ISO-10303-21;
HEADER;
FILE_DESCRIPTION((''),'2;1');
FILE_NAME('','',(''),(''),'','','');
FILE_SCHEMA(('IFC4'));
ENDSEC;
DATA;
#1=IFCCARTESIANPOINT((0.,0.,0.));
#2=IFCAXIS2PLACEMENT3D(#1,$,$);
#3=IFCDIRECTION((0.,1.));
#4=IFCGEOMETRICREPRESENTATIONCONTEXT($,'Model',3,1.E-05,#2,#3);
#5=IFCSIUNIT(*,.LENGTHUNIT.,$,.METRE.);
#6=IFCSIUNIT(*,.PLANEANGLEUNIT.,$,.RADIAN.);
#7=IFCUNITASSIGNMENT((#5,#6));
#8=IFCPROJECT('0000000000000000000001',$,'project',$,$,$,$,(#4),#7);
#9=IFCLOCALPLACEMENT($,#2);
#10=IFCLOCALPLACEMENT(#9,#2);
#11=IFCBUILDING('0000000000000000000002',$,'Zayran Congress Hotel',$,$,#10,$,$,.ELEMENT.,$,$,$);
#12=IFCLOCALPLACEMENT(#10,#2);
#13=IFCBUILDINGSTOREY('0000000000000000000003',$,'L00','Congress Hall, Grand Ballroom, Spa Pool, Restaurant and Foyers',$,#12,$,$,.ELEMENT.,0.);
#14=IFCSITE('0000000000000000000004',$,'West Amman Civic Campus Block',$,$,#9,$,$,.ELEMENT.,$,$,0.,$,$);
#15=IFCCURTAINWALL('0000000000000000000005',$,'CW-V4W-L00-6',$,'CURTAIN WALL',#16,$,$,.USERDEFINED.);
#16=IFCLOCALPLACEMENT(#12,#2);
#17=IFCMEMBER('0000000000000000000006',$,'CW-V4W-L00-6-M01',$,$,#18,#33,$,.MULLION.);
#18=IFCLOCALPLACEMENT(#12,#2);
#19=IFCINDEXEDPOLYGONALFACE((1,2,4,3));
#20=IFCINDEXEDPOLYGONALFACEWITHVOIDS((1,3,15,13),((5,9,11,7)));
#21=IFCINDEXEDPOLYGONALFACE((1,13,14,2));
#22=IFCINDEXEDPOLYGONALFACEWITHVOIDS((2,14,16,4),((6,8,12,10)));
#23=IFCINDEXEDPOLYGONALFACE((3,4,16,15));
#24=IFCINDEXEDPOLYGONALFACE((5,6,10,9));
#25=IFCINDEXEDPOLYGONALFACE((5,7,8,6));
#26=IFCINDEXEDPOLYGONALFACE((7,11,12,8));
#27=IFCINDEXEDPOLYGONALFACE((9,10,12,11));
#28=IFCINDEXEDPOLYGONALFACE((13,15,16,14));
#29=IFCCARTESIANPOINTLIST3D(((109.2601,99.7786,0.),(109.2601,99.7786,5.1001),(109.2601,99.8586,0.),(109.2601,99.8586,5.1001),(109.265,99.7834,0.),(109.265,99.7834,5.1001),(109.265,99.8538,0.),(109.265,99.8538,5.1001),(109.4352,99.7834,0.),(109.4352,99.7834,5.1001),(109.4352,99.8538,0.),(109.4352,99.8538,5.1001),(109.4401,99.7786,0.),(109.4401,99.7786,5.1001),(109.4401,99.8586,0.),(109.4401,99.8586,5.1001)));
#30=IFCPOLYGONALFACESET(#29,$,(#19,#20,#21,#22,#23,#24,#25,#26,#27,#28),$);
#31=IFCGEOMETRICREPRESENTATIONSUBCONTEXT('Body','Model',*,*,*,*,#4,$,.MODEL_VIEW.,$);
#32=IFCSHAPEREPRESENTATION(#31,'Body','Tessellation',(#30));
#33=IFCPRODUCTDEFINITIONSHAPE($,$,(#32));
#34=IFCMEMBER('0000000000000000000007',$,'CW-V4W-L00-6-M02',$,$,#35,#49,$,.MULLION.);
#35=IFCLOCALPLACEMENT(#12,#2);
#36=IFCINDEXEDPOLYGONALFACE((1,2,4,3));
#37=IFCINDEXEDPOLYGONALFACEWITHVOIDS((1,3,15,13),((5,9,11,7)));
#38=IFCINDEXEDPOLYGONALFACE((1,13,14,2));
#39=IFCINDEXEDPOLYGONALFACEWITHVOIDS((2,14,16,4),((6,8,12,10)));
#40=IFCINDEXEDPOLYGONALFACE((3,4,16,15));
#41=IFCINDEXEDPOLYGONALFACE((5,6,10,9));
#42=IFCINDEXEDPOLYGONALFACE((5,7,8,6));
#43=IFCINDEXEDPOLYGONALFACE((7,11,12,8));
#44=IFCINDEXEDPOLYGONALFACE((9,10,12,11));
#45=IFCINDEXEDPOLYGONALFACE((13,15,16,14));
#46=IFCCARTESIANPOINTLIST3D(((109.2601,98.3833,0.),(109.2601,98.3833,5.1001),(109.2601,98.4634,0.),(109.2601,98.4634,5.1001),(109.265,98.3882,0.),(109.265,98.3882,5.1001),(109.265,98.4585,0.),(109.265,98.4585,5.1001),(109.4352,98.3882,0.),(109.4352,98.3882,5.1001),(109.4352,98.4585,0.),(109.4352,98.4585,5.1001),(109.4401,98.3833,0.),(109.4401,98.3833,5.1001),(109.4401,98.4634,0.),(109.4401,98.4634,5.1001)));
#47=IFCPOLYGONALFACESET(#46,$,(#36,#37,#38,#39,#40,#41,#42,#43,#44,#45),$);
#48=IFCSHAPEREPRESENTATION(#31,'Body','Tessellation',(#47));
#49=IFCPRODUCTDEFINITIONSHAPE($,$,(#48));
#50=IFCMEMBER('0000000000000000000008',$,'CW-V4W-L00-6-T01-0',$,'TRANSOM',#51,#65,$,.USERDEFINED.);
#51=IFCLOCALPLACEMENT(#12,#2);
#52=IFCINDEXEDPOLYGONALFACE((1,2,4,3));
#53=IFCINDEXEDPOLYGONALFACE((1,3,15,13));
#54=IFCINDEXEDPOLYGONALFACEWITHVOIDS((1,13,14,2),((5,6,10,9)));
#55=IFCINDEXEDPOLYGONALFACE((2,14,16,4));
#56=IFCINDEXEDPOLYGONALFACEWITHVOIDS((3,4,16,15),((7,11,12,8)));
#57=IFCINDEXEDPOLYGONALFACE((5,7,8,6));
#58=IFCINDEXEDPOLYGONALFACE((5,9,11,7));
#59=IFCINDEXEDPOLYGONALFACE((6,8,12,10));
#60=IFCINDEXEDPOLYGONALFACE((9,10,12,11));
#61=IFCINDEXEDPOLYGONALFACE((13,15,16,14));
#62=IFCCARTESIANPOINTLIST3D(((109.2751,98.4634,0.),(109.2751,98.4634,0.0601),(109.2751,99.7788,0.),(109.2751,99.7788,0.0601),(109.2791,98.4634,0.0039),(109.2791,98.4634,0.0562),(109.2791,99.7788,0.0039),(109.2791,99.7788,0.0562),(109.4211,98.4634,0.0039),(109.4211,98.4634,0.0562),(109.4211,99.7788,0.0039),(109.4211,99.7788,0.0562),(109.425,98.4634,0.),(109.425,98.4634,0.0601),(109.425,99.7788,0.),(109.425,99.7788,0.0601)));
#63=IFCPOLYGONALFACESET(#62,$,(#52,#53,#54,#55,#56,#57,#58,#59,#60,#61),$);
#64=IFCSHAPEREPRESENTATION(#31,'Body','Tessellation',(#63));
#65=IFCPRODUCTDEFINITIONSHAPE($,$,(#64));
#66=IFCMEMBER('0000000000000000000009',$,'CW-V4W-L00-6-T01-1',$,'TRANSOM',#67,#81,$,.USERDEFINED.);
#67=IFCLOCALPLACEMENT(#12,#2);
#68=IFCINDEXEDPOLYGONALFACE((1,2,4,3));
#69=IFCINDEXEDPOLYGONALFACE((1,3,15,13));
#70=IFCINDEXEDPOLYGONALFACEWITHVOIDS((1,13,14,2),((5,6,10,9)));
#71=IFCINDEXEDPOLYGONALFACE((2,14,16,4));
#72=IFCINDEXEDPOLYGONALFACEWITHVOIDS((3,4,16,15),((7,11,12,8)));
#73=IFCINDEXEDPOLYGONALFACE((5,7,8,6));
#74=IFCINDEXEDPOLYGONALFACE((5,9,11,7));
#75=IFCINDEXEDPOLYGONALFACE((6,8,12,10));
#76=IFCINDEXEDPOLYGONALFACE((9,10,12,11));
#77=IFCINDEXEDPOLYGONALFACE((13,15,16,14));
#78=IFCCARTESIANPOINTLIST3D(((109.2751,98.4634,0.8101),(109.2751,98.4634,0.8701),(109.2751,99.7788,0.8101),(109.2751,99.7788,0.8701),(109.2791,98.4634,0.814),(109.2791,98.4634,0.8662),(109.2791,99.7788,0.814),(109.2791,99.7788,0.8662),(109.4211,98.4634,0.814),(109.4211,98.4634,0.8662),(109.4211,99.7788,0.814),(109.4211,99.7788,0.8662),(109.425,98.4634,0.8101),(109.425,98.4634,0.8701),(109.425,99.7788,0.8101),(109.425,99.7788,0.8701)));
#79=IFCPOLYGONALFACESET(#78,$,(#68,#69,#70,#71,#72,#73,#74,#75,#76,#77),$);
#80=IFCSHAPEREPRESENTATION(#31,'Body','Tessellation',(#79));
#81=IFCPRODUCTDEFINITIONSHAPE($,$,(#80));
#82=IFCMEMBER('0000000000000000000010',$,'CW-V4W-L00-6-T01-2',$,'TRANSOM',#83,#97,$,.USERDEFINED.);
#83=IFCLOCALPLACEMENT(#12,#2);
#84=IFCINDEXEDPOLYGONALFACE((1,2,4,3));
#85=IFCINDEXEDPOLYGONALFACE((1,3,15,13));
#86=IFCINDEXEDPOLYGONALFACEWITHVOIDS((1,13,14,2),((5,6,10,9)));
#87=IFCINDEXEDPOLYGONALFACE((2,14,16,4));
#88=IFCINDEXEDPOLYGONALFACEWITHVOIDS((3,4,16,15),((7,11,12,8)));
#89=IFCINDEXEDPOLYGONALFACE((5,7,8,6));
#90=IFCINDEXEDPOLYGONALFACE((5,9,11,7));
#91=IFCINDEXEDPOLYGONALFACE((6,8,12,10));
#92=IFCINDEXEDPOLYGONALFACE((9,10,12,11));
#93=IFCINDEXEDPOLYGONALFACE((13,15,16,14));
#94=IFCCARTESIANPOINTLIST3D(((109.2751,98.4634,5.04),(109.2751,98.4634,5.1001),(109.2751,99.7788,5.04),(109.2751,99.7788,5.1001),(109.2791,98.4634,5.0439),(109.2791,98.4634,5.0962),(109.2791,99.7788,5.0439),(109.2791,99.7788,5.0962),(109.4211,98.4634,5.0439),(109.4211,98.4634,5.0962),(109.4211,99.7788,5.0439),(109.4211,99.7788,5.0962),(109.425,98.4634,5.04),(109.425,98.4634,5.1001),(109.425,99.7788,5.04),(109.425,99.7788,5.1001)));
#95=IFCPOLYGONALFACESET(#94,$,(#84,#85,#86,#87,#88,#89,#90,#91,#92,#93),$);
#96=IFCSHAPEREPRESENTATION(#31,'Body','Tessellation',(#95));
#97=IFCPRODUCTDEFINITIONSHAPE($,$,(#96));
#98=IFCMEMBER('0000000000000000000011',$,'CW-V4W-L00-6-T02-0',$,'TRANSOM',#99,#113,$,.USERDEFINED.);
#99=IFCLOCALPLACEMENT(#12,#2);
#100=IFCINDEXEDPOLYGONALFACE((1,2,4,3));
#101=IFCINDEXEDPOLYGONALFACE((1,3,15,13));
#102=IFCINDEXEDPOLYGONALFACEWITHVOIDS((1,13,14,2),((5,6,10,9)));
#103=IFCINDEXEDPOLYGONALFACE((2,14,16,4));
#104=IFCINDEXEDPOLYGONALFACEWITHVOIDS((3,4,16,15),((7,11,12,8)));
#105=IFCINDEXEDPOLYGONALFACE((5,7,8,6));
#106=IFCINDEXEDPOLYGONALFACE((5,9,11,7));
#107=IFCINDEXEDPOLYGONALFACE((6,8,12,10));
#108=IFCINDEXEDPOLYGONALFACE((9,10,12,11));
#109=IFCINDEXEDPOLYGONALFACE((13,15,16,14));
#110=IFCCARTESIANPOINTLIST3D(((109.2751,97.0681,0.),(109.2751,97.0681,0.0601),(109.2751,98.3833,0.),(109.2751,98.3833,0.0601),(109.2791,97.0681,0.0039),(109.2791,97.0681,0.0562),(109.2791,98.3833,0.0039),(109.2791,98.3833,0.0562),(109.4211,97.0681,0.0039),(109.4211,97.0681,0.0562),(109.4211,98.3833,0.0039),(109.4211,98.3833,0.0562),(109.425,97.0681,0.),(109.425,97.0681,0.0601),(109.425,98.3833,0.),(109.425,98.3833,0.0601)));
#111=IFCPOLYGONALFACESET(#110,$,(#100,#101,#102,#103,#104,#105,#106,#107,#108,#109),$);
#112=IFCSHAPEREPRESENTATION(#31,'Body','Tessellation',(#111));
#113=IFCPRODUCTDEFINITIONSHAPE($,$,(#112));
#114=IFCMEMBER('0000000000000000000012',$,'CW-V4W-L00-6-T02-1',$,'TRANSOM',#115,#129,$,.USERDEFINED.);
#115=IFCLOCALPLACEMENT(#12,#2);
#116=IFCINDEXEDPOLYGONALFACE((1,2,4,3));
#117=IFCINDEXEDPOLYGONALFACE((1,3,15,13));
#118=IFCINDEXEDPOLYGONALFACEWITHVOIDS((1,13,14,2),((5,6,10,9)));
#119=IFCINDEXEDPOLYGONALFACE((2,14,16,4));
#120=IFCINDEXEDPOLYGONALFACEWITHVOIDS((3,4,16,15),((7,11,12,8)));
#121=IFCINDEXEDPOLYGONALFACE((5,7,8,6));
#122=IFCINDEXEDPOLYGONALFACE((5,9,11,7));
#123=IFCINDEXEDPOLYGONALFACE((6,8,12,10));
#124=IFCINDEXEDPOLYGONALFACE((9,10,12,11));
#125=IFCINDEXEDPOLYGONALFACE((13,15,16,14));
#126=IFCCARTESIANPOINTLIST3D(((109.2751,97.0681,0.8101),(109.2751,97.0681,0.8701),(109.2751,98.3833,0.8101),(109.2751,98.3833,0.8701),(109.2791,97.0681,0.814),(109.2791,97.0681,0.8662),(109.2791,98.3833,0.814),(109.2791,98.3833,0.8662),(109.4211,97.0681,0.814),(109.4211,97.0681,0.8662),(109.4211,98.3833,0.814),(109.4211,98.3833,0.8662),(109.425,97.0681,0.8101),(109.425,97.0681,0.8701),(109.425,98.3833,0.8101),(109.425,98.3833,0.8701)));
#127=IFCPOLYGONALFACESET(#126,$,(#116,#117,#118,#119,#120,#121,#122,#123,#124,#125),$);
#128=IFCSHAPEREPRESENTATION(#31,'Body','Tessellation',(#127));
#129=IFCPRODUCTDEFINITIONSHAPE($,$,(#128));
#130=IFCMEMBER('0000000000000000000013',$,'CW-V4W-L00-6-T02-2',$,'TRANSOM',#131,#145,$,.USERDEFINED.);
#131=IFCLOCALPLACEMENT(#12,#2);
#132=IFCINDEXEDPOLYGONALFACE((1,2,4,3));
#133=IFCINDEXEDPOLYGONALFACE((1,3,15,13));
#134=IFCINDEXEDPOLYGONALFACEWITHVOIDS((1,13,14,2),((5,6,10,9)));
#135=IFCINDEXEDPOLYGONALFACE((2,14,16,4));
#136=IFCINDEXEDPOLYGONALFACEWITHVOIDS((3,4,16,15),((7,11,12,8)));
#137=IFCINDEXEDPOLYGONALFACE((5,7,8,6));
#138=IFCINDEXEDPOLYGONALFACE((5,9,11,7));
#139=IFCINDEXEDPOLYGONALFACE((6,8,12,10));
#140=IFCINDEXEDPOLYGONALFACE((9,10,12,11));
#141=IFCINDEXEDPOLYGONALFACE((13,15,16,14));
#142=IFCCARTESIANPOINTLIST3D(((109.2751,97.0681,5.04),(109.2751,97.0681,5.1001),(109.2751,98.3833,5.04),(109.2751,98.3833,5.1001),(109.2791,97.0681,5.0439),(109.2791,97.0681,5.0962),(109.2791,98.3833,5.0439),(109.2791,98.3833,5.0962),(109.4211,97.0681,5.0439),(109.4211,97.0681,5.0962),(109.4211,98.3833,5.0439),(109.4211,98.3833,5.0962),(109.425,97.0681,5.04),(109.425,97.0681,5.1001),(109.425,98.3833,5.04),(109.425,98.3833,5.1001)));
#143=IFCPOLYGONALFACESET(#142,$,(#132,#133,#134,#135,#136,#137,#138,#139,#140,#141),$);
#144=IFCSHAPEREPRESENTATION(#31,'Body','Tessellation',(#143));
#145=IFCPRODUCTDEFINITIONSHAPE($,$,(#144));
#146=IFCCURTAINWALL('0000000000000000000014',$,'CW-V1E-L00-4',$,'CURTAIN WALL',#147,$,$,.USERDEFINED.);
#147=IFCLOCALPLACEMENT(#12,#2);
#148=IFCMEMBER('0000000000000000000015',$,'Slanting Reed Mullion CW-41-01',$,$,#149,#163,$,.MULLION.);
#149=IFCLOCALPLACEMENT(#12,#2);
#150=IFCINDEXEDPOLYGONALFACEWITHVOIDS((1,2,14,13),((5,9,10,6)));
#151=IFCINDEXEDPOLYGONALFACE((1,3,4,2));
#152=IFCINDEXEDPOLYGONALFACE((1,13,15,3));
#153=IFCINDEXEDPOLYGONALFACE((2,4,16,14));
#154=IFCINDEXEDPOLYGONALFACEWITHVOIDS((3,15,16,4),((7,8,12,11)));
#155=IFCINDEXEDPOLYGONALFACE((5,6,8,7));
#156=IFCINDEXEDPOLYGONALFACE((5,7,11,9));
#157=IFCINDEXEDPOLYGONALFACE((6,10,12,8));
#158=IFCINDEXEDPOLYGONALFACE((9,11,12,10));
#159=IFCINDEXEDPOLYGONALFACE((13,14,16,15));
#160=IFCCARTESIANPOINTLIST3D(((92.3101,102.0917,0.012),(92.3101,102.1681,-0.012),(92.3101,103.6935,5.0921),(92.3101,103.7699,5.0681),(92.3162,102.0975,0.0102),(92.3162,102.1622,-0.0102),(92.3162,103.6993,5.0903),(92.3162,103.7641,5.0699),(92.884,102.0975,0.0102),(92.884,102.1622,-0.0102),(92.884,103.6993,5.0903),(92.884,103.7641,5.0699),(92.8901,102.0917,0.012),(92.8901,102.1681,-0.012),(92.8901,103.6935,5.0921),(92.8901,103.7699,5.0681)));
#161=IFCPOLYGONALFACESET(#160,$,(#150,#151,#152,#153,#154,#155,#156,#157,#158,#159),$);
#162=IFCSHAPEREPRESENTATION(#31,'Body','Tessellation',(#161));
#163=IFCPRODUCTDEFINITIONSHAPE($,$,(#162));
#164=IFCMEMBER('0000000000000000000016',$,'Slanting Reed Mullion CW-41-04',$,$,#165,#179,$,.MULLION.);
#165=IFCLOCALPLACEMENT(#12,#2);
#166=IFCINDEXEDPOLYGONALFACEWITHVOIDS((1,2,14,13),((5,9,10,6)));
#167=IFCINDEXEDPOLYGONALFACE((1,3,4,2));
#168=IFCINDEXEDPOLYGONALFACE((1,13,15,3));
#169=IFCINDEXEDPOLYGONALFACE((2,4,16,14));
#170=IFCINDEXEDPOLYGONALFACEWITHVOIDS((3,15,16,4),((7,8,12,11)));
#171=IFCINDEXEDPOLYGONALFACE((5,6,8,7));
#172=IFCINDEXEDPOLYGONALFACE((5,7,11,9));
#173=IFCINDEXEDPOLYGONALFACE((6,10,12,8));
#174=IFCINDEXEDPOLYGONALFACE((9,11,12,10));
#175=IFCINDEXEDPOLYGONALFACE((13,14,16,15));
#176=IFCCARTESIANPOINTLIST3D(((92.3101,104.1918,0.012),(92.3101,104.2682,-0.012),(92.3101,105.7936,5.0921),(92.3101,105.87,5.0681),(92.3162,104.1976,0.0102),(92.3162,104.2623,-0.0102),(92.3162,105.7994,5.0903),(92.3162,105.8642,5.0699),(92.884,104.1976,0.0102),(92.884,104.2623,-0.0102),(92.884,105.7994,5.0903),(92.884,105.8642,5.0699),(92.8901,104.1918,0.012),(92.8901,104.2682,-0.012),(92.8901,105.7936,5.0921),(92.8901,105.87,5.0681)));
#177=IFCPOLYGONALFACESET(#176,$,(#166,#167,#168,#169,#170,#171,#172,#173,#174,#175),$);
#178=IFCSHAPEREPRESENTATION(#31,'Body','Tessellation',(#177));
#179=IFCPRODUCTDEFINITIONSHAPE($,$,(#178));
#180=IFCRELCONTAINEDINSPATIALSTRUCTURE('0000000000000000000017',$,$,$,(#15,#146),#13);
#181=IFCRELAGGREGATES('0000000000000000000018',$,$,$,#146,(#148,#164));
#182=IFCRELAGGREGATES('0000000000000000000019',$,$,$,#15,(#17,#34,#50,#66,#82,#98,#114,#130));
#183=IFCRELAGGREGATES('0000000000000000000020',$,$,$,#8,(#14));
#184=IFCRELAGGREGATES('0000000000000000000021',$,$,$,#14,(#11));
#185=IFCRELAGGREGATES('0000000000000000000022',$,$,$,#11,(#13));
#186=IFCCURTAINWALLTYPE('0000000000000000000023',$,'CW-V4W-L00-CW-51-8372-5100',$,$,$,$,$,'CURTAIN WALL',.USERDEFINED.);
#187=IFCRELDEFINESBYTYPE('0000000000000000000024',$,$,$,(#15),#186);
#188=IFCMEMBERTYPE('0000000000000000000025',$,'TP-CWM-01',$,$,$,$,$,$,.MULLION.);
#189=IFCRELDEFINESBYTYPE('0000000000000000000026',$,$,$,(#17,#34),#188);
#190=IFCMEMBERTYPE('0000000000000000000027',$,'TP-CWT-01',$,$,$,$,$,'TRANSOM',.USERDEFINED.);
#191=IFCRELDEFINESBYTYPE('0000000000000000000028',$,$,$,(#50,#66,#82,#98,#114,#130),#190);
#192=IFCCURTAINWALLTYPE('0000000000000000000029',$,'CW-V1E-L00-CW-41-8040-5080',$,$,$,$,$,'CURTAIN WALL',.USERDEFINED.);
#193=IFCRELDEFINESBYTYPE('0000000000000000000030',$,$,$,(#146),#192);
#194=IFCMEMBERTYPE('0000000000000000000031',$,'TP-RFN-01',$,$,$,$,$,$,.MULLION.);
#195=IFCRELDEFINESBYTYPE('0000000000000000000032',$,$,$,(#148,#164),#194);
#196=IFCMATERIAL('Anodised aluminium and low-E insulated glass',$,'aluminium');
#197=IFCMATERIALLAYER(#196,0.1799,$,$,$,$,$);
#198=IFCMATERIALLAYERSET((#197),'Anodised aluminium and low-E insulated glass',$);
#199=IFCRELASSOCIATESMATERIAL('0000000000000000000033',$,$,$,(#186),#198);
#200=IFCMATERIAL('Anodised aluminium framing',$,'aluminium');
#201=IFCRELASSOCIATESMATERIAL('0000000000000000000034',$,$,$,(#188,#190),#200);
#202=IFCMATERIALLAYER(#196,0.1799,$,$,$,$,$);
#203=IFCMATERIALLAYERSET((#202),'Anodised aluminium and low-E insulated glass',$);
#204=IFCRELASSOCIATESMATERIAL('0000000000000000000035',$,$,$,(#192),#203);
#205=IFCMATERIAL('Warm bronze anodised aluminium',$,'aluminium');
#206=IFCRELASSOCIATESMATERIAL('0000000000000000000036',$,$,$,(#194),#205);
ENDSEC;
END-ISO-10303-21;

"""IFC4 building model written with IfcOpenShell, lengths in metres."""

from ifc_helpers import new_model, si_unit, direction, frame, origin, origin_2d, place, context, subcontext, project, spatial, hollow_rectangle, extrude, material, layer, layer_set, material_profile, profile_set, type_object, element, aggregate, save


model = new_model("IFC4")

# Units and contexts
model_context = context("Model", 3, precision=1e-05, world=origin(), true_north=direction((0.0, 1.0)))
body_context = subcontext(model_context, "Body", "Model", "MODEL_VIEW")
ifc_project = project(units=[si_unit("LENGTHUNIT", "METRE"), si_unit("PLANEANGLEUNIT", "RADIAN")], contexts=[model_context])

# Site, building, storey
site_placement = place(None, origin())
site = spatial("IfcSite", under=ifc_project, at=site_placement, Name="West Amman Civic Campus Block", CompositionType="ELEMENT", RefElevation=0.0)
building_placement = place(site_placement, origin())
building = spatial("IfcBuilding", under=site, at=building_placement, Name="Zayran Congress Hotel", CompositionType="ELEMENT")
storey_placement = place(building_placement, origin())
storey = spatial("IfcBuildingStorey", under=building, at=storey_placement, Name="L00", Description="Congress Hall, Grand Ballroom, Spa Pool, Restaurant and Foyers", CompositionType="ELEMENT", Elevation=0.0)

# Curtain walls, members
ifc_material_1 = material(Name="Anodised aluminium and low-E insulated glass", Category="aluminium")
ifc_layer_1 = layer(ifc_material_1, 0.1799)
ifc_layer_set_1 = layer_set([ifc_layer_1], Name="Anodised aluminium and low-E insulated glass")
curtain_wall_type_1 = type_object("IfcCurtainWallType", Name="CW-V4W-L00-CW-51-8372-5100", ElementType="CURTAIN WALL", PredefinedType="USERDEFINED", material=ifc_layer_set_1)
curtain_wall_1_placement = place(storey_placement, origin())
curtain_wall_1 = element("IfcCurtainWall", 1, at=curtain_wall_1_placement, inside=storey, type_object=curtain_wall_type_1, Name="CW-V4W-L00-6", ObjectType="CURTAIN WALL", PredefinedType="USERDEFINED")
ifc_material_2 = material(Name="Anodised aluminium framing", Category="aluminium")
ifc_material_profile_1 = material_profile(ifc_material_2, hollow_rectangle(XDim=0.0801, YDim=0.1799, WallThickness=0.0049, at=origin_2d()), Name="RHS 180x80x5")
ifc_profile_set_1 = profile_set([ifc_material_profile_1], Name="Anodised aluminium framing")
member_type_1 = type_object("IfcMemberType", Name="TP-CWM-01", PredefinedType="MULLION", material=ifc_profile_set_1)
member_1_placement = place(storey_placement, frame((109.3501, 99.8186, 0.0), z_axis=(0.0, 0.0, 1.0), x_axis=(0.0, 1.0, 0.0)))
member_1 = element("IfcMember", 2, at=member_1_placement, type_object=member_type_1, Name="CW-V4W-L00-6-M01", PredefinedType="MULLION", context=body_context, shape_type="SweptSolid", body=[
    extrude(hollow_rectangle(XDim=0.0801, YDim=0.1799, WallThickness=0.0049, at=origin_2d()), origin(), (0.0, 0.0, 1.0), 5.1001),
])
member_2_placement = place(storey_placement, frame((109.3501, 98.4233, 0.0), z_axis=(0.0, 0.0, 1.0), x_axis=(0.0, 1.0, 0.0)))
member_2 = element("IfcMember", 3, at=member_2_placement, type_object=member_type_1, Name="CW-V4W-L00-6-M02", PredefinedType="MULLION", context=body_context, shape_type="SweptSolid", body=[
    extrude(hollow_rectangle(XDim=0.0801, YDim=0.1799, WallThickness=0.0049, at=origin_2d()), origin(), (0.0, 0.0, 1.0), 5.1001),
])
ifc_material_profile_2 = material_profile(ifc_material_2, hollow_rectangle(XDim=0.0601, YDim=0.1499, WallThickness=0.0039, at=origin_2d()), Name="RHS 150x60x4")
ifc_profile_set_2 = profile_set([ifc_material_profile_2], Name="Anodised aluminium framing")
member_type_2 = type_object("IfcMemberType", Name="TP-CWT-01", ElementType="TRANSOM", PredefinedType="USERDEFINED", material=ifc_profile_set_2)
member_3_placement = place(storey_placement, frame((109.3501, 99.7788, 0.03), z_axis=(0.0, -1.0, 0.0), x_axis=(0.0, 0.0, 1.0)))
member_3 = element("IfcMember", 4, at=member_3_placement, type_object=member_type_2, Name="CW-V4W-L00-6-T01-0", ObjectType="TRANSOM", PredefinedType="USERDEFINED", context=body_context, shape_type="SweptSolid", body=[
    extrude(hollow_rectangle(XDim=0.0601, YDim=0.1499, WallThickness=0.0039, at=origin_2d()), origin(), (0.0, 0.0, 1.0), 1.3154),
])
member_4_placement = place(storey_placement, frame((109.3501, 99.7788, 0.8401), z_axis=(0.0, -1.0, 0.0), x_axis=(0.0, 0.0, 1.0)))
member_4 = element("IfcMember", 5, at=member_4_placement, type_object=member_type_2, Name="CW-V4W-L00-6-T01-1", ObjectType="TRANSOM", PredefinedType="USERDEFINED", context=body_context, shape_type="SweptSolid", body=[
    extrude(hollow_rectangle(XDim=0.0601, YDim=0.1499, WallThickness=0.0039, at=origin_2d()), origin(), (0.0, 0.0, 1.0), 1.3154),
])
member_5_placement = place(storey_placement, frame((109.3501, 99.7788, 5.0701), z_axis=(0.0, -1.0, 0.0), x_axis=(0.0, 0.0, 1.0)))
member_5 = element("IfcMember", 6, at=member_5_placement, type_object=member_type_2, Name="CW-V4W-L00-6-T01-2", ObjectType="TRANSOM", PredefinedType="USERDEFINED", context=body_context, shape_type="SweptSolid", body=[
    extrude(hollow_rectangle(XDim=0.0601, YDim=0.1499, WallThickness=0.0039, at=origin_2d()), origin(), (0.0, 0.0, 1.0), 1.3154),
])
member_6_placement = place(storey_placement, frame((109.3501, 98.3833, 0.03), z_axis=(0.0, -1.0, 0.0), x_axis=(0.0, 0.0, 1.0)))
member_6 = element("IfcMember", 7, at=member_6_placement, type_object=member_type_2, Name="CW-V4W-L00-6-T02-0", ObjectType="TRANSOM", PredefinedType="USERDEFINED", context=body_context, shape_type="SweptSolid", body=[
    extrude(hollow_rectangle(XDim=0.0601, YDim=0.1499, WallThickness=0.0039, at=origin_2d()), origin(), (0.0, 0.0, 1.0), 1.3152),
])
member_7_placement = place(storey_placement, frame((109.3501, 98.3833, 0.8401), z_axis=(0.0, -1.0, 0.0), x_axis=(0.0, 0.0, 1.0)))
member_7 = element("IfcMember", 8, at=member_7_placement, type_object=member_type_2, Name="CW-V4W-L00-6-T02-1", ObjectType="TRANSOM", PredefinedType="USERDEFINED", context=body_context, shape_type="SweptSolid", body=[
    extrude(hollow_rectangle(XDim=0.0601, YDim=0.1499, WallThickness=0.0039, at=origin_2d()), origin(), (0.0, 0.0, 1.0), 1.3152),
])
member_8_placement = place(storey_placement, frame((109.3501, 98.3833, 5.0701), z_axis=(0.0, -1.0, 0.0), x_axis=(0.0, 0.0, 1.0)))
member_8 = element("IfcMember", 9, at=member_8_placement, type_object=member_type_2, Name="CW-V4W-L00-6-T02-2", ObjectType="TRANSOM", PredefinedType="USERDEFINED", context=body_context, shape_type="SweptSolid", body=[
    extrude(hollow_rectangle(XDim=0.0601, YDim=0.1499, WallThickness=0.0039, at=origin_2d()), origin(), (0.0, 0.0, 1.0), 1.3152),
])
ifc_layer_2 = layer(ifc_material_1, 0.1799)
ifc_layer_set_2 = layer_set([ifc_layer_2], Name="Anodised aluminium and low-E insulated glass")
curtain_wall_type_2 = type_object("IfcCurtainWallType", Name="CW-V1E-L00-CW-41-8040-5080", ElementType="CURTAIN WALL", PredefinedType="USERDEFINED", material=ifc_layer_set_2)
curtain_wall_2_placement = place(storey_placement, origin())
curtain_wall_2 = element("IfcCurtainWall", 10, at=curtain_wall_2_placement, inside=storey, type_object=curtain_wall_type_2, Name="CW-V1E-L00-4", ObjectType="CURTAIN WALL", PredefinedType="USERDEFINED")
ifc_material_3 = material(Name="Warm bronze anodised aluminium", Category="aluminium")
ifc_material_profile_3 = material_profile(ifc_material_3, hollow_rectangle(XDim=0.0801, YDim=0.5801, WallThickness=0.0061, at=origin_2d()), Name="RHS 580x80x6")
ifc_profile_set_3 = profile_set([ifc_material_profile_3], Name="Warm bronze anodised aluminium")
member_type_3 = type_object("IfcMemberType", Name="TP-RFN-01", PredefinedType="MULLION", material=ifc_profile_set_3)
member_9_placement = place(storey_placement, frame((92.6001, 102.1299, 0.0), z_axis=(0.0, 0.300717, 0.953713), x_axis=(0.0, -0.953713, 0.300717)))
member_9 = element("IfcMember", 11, at=member_9_placement, type_object=member_type_3, Name="Slanting Reed Mullion CW-41-01", PredefinedType="MULLION", context=body_context, shape_type="SweptSolid", body=[
    extrude(hollow_rectangle(XDim=0.0801, YDim=0.5801, WallThickness=0.0061, at=origin_2d()), origin(), (0.0, 0.0, 1.0), 5.3267),
])
member_10_placement = place(storey_placement, frame((92.6001, 104.23, 0.0), z_axis=(0.0, 0.300717, 0.953713), x_axis=(0.0, -0.953713, 0.300717)))
member_10 = element("IfcMember", 12, at=member_10_placement, type_object=member_type_3, Name="Slanting Reed Mullion CW-41-04", PredefinedType="MULLION", context=body_context, shape_type="SweptSolid", body=[
    extrude(hollow_rectangle(XDim=0.0801, YDim=0.5801, WallThickness=0.0061, at=origin_2d()), origin(), (0.0, 0.0, 1.0), 5.3267),
])

aggregate(curtain_wall_2, [member_9, member_10])

aggregate(curtain_wall_1, [member_1, member_2, member_3, member_4, member_5, member_6, member_7, member_8])

save(model, "model.ifc")
